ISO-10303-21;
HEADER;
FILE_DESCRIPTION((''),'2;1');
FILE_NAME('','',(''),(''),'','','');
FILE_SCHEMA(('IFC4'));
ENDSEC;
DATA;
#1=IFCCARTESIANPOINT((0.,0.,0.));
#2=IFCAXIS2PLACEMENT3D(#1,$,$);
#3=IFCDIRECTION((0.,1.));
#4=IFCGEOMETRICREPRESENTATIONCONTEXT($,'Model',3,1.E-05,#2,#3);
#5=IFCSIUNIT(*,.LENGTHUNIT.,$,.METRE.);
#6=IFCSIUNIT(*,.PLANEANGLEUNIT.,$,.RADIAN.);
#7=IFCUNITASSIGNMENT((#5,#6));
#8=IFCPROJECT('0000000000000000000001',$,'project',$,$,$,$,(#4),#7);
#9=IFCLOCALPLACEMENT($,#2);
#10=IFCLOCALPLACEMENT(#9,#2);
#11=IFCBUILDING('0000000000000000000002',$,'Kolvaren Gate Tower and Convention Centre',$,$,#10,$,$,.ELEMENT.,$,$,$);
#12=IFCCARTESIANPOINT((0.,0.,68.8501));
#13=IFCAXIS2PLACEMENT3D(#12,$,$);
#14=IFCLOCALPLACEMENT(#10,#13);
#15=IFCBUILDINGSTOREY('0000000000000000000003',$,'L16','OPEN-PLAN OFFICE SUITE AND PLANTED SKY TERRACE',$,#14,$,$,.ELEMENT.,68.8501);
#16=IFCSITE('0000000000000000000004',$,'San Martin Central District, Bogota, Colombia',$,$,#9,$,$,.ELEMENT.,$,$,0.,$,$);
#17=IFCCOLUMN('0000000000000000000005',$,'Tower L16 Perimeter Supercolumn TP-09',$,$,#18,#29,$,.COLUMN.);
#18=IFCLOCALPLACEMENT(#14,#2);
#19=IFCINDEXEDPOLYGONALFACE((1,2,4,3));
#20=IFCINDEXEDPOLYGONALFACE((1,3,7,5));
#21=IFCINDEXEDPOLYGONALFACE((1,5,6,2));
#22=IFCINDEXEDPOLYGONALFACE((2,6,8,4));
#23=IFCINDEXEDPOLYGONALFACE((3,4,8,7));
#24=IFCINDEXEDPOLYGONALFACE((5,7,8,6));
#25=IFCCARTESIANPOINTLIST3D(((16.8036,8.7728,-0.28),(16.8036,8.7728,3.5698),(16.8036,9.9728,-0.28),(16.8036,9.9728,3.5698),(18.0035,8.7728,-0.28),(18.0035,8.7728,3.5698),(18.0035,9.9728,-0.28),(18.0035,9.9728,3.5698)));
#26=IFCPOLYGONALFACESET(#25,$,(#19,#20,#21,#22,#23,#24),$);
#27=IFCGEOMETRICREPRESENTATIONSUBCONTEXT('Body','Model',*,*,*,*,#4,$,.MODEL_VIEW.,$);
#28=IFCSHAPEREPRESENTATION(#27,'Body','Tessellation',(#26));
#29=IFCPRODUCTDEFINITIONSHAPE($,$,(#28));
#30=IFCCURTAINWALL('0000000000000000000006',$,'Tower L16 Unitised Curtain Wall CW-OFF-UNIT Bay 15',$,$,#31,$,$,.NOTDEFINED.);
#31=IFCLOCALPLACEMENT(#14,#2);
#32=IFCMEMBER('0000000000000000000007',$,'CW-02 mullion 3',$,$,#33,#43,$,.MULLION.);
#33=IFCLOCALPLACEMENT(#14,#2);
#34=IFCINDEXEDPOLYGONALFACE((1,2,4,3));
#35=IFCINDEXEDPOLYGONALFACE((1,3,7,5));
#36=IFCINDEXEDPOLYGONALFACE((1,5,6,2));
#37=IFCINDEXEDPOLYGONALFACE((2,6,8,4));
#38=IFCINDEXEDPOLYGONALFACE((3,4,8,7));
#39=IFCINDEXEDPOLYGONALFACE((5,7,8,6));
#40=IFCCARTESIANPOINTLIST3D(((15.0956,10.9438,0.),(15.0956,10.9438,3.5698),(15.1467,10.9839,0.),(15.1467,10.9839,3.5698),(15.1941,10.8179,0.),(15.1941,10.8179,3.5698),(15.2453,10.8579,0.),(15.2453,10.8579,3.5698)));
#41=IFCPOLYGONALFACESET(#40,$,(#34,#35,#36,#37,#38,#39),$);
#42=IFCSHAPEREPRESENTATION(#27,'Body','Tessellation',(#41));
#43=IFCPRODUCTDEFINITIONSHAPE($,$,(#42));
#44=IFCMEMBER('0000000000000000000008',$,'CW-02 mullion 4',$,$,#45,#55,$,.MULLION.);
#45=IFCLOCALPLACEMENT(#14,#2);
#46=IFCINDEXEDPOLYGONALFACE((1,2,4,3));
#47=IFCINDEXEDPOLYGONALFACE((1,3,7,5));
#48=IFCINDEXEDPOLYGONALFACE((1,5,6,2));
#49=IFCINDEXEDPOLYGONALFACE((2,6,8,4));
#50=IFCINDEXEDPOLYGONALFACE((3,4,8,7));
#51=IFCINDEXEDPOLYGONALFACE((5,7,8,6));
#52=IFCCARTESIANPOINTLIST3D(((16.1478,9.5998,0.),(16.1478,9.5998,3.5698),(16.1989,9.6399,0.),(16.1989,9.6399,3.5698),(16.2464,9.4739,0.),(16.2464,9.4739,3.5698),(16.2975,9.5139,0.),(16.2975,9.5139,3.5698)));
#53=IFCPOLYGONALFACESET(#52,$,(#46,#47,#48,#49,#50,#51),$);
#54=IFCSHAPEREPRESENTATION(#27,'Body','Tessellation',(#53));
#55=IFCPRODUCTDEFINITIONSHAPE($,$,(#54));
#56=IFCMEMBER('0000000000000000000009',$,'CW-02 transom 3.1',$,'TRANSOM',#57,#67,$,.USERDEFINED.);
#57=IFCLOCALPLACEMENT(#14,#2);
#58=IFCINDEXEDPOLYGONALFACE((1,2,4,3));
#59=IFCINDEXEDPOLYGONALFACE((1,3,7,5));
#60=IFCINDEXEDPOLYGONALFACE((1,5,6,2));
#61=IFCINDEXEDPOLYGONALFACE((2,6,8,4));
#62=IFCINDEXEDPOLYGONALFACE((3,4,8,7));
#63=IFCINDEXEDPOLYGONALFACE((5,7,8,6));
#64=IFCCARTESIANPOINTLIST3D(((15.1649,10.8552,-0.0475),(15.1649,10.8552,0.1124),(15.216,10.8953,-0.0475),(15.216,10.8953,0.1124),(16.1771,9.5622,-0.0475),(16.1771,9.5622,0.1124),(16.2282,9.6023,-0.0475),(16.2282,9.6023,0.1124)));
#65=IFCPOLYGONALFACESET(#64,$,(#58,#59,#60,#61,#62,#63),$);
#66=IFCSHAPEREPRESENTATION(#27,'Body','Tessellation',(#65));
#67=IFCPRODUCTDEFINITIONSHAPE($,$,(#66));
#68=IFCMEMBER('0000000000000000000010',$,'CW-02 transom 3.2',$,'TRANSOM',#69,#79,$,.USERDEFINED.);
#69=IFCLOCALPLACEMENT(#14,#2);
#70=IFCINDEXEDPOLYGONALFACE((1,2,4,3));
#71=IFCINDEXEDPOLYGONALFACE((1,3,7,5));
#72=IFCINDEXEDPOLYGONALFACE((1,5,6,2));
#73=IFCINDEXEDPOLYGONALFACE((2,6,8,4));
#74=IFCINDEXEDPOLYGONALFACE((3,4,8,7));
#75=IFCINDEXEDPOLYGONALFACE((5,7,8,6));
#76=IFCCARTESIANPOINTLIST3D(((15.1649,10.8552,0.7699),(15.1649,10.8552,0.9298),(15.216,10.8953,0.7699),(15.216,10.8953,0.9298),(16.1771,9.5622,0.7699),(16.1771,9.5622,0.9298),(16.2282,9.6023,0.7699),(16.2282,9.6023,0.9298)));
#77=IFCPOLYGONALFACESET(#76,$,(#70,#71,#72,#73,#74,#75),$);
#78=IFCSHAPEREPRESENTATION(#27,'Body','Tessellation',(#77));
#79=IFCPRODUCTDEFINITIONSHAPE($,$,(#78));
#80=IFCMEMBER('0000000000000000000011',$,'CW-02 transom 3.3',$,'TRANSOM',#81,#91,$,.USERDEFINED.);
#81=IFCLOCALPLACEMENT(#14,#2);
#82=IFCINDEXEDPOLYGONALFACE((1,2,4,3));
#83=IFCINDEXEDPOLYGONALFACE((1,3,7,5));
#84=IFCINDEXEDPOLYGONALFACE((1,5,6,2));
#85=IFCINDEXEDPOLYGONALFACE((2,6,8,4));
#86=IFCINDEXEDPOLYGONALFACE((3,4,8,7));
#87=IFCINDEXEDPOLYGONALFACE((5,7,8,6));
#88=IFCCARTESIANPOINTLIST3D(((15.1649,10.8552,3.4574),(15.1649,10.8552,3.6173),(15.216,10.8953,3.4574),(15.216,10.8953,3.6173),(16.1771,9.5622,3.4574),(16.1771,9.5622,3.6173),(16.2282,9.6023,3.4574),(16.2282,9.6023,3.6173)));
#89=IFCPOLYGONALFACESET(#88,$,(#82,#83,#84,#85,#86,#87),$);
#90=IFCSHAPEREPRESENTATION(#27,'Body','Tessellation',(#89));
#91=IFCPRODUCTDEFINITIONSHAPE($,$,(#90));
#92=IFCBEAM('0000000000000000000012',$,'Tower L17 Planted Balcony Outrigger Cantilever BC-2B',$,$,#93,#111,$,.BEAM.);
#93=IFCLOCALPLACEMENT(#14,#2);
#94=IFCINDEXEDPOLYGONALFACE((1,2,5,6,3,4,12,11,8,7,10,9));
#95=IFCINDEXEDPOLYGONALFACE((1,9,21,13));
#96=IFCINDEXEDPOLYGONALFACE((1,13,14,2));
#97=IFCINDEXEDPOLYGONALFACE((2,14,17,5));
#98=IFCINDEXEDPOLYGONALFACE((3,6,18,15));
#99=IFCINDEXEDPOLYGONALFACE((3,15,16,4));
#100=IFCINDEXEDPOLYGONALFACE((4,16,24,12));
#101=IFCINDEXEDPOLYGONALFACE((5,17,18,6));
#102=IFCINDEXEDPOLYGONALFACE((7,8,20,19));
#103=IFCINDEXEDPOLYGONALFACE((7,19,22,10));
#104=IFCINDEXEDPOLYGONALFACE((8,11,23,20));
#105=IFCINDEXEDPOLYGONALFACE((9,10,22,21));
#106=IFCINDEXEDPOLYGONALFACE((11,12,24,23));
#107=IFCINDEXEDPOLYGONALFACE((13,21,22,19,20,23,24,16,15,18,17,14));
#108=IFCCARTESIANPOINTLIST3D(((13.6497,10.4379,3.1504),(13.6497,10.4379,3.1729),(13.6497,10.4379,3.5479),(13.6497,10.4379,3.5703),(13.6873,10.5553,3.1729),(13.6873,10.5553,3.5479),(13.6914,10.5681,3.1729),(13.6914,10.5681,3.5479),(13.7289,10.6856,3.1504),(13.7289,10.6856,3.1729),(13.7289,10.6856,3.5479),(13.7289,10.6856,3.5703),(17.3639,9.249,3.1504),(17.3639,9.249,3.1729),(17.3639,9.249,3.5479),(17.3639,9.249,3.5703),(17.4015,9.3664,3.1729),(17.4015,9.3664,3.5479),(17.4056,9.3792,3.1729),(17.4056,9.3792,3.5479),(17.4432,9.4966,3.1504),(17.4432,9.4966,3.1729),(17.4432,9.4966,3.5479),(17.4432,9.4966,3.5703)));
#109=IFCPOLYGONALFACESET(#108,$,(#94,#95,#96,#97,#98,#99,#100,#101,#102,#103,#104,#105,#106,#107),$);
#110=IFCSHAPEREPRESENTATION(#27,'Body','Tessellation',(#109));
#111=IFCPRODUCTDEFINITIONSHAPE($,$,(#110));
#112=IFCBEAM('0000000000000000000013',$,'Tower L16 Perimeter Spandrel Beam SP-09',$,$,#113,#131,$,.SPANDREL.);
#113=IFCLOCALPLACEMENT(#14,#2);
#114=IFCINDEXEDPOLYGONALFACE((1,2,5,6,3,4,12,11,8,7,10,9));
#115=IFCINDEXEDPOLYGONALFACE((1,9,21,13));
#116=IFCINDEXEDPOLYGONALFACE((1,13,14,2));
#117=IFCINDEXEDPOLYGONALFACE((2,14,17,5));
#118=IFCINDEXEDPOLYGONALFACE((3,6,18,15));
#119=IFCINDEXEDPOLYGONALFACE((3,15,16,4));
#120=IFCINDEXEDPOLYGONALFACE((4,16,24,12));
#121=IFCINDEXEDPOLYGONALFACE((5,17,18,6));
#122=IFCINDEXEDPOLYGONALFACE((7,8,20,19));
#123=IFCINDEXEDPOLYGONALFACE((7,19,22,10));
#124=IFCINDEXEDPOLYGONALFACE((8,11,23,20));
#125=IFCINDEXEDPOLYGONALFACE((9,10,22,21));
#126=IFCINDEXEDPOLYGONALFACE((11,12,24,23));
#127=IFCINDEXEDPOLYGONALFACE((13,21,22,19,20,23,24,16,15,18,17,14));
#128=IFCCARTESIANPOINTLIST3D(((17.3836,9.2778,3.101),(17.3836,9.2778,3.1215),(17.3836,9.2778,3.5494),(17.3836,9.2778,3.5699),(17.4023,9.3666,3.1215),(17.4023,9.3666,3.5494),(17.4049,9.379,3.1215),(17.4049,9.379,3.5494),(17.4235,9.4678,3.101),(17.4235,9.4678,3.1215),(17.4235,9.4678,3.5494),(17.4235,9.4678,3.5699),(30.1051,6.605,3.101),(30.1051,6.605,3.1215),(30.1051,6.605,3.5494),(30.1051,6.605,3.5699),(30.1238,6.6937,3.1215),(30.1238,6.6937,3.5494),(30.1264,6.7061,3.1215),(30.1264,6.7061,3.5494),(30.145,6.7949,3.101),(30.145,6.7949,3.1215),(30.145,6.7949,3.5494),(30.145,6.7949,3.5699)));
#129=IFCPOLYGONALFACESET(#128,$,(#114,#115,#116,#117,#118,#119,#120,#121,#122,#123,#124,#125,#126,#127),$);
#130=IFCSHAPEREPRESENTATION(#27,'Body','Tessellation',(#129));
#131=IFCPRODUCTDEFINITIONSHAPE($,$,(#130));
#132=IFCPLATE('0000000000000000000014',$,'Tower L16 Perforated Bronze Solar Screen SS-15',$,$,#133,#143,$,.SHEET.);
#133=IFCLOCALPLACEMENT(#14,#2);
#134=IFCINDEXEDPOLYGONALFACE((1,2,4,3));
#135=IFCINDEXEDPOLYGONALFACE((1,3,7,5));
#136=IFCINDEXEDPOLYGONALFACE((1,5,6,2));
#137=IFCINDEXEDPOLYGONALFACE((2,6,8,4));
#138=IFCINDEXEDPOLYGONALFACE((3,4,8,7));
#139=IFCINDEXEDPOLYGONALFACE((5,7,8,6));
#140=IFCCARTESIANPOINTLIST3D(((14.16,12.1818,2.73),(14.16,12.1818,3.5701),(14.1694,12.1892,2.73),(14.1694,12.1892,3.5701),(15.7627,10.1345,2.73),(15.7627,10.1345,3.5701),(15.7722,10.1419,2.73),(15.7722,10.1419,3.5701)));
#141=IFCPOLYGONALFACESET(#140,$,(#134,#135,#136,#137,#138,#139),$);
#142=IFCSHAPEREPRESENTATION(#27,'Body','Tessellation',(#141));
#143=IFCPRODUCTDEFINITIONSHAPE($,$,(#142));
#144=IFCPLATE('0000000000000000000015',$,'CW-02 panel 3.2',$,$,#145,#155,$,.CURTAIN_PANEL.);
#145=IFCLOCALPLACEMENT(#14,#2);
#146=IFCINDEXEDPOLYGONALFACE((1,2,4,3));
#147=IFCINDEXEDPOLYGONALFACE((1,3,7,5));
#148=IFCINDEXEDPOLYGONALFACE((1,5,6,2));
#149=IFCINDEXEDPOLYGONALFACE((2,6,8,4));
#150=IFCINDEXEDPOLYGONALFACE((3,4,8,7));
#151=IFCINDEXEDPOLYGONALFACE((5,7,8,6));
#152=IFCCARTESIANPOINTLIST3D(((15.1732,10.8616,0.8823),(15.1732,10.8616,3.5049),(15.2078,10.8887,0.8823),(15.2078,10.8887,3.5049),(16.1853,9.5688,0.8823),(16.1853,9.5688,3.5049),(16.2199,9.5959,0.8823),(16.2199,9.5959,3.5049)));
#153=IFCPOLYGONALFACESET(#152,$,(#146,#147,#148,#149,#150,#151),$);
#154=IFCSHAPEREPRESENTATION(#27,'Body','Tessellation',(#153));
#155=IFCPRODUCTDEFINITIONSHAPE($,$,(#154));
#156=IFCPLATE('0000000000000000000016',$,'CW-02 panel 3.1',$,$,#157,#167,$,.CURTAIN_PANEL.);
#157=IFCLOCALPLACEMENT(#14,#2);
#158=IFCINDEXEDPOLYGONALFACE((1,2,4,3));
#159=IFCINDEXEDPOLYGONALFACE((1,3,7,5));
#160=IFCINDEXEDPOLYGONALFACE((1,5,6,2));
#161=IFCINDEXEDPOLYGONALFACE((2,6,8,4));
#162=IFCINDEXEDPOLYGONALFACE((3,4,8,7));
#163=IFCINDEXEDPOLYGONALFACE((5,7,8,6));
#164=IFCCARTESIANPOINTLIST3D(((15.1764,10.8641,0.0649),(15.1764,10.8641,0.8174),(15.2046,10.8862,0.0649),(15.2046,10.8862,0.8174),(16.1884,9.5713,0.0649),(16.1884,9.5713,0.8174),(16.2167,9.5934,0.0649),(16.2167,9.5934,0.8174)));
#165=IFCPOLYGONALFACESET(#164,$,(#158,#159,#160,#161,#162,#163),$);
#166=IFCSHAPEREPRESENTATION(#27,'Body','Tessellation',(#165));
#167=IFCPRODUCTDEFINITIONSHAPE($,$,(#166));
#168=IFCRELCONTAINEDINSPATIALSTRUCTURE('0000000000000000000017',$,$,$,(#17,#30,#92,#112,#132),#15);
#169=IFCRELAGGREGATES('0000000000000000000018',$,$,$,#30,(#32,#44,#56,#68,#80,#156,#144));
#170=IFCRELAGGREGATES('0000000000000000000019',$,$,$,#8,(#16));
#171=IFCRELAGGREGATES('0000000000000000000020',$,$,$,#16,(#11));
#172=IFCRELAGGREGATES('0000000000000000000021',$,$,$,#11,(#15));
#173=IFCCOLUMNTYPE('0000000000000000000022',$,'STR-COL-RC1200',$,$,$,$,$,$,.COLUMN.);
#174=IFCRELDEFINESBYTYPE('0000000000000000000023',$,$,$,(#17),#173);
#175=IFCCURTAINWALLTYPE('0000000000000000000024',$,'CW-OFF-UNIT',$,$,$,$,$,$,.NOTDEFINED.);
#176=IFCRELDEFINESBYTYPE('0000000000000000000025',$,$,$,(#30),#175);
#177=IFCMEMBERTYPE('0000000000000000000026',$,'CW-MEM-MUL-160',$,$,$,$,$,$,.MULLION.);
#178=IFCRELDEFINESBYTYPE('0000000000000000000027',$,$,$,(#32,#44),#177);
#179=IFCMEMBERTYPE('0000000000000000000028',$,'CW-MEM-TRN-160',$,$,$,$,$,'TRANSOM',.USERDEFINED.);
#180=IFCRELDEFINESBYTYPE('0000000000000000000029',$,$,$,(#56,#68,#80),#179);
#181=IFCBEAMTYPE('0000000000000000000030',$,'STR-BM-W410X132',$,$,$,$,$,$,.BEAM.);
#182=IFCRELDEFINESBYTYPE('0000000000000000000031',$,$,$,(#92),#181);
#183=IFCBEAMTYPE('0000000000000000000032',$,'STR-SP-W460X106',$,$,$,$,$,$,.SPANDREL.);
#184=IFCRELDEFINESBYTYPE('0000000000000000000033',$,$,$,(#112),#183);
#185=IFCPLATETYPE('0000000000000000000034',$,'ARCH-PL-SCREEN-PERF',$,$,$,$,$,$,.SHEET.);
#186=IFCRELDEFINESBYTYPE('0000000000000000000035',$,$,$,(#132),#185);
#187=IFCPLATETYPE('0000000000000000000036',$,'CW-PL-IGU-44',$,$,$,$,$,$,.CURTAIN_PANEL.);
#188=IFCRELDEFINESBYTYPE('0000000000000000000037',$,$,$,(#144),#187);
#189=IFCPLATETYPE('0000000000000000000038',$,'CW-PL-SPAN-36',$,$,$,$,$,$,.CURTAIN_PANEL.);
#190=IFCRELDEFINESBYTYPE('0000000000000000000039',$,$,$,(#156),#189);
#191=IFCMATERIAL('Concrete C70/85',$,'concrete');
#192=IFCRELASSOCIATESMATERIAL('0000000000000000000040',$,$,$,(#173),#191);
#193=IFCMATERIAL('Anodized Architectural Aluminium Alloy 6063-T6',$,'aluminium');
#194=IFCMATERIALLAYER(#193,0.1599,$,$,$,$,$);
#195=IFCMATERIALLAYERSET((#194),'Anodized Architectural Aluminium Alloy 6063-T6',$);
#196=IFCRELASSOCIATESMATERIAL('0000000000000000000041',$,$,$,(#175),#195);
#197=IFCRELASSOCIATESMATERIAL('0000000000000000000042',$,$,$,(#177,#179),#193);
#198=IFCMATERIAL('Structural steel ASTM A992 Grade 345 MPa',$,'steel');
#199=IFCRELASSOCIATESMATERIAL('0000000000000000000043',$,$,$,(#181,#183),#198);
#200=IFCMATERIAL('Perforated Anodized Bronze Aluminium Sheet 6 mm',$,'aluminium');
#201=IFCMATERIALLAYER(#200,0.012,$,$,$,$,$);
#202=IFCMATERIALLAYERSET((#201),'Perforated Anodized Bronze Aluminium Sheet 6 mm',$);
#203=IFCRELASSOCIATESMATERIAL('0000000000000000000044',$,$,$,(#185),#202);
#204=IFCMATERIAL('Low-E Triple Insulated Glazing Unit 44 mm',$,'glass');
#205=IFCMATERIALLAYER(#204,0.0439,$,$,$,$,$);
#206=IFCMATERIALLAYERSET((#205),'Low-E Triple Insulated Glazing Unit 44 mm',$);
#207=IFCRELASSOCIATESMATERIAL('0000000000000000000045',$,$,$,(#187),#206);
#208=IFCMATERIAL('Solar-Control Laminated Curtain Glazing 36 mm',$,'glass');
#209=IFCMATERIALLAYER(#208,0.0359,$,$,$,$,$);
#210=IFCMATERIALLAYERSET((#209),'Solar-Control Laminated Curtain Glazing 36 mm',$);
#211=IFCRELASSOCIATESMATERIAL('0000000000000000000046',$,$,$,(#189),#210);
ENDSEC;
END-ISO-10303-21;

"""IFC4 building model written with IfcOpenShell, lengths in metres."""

from ifc_helpers import new_model, si_unit, direction, frame, origin, origin_2d, place, context, subcontext, project, spatial, rectangle, i_section, extrude, material, layer, layer_set, material_profile, profile_set, type_object, element, aggregate, save


model = new_model("IFC4")

# Units and contexts
model_context = context("Model", 3, precision=1e-05, world=origin(), true_north=direction((0.0, 1.0)))
body_context = subcontext(model_context, "Body", "Model", "MODEL_VIEW")
ifc_project = project(units=[si_unit("LENGTHUNIT", "METRE"), si_unit("PLANEANGLEUNIT", "RADIAN")], contexts=[model_context])

# Site, building, storey
site_placement = place(None, origin())
site = spatial("IfcSite", under=ifc_project, at=site_placement, Name="San Martin Central District, Bogota, Colombia", CompositionType="ELEMENT", RefElevation=0.0)
building_placement = place(site_placement, origin())
building = spatial("IfcBuilding", under=site, at=building_placement, Name="Kolvaren Gate Tower and Convention Centre", CompositionType="ELEMENT")
storey_placement = place(building_placement, frame((0.0, 0.0, 68.8501)))
storey = spatial("IfcBuildingStorey", under=building, at=storey_placement, Name="L16", Description="OPEN-PLAN OFFICE SUITE AND PLANTED SKY TERRACE", CompositionType="ELEMENT", Elevation=68.8501)

# Column
ifc_material_1 = material(Name="Concrete C70/85", Category="concrete")
ifc_material_profile_1 = material_profile(ifc_material_1, rectangle(XDim=1.2, YDim=1.2, at=origin_2d()), Name="RC-COL-1200X1200")
ifc_profile_set_1 = profile_set([ifc_material_profile_1], Name="Concrete C70/85")
column_type = type_object("IfcColumnType", Name="STR-COL-RC1200", PredefinedType="COLUMN", material=ifc_profile_set_1)
column_placement = place(storey_placement, frame((17.4036, 9.3728, -0.28), z_axis=(0.0, 0.0, 1.0), x_axis=(1.0, 0.0, 0.0)))
element("IfcColumn", 1, at=column_placement, inside=storey, type_object=column_type, Name="Tower L16 Perimeter Supercolumn TP-09", PredefinedType="COLUMN", context=body_context, shape_type="SweptSolid", body=[
    extrude(rectangle(XDim=1.2, YDim=1.2, at=origin_2d()), origin(), (0.0, 0.0, 1.0), 3.8499),
])

# Curtain wall, members
ifc_material_2 = material(Name="Anodized Architectural Aluminium Alloy 6063-T6", Category="aluminium")
ifc_layer_1 = layer(ifc_material_2, 0.1599)
ifc_layer_set_1 = layer_set([ifc_layer_1], Name="Anodized Architectural Aluminium Alloy 6063-T6")
curtain_wall_type = type_object("IfcCurtainWallType", Name="CW-OFF-UNIT", PredefinedType="NOTDEFINED", material=ifc_layer_set_1)
curtain_wall_placement = place(storey_placement, origin())
curtain_wall = element("IfcCurtainWall", 2, at=curtain_wall_placement, inside=storey, type_object=curtain_wall_type, Name="Tower L16 Unitised Curtain Wall CW-OFF-UNIT Bay 15", PredefinedType="NOTDEFINED")
ifc_material_profile_2 = material_profile(ifc_material_2, rectangle(XDim=0.0649, YDim=0.1599, at=origin_2d()), Name="CW-MEM-MUL-160")
ifc_profile_set_2 = profile_set([ifc_material_profile_2], Name="Anodized Architectural Aluminium Alloy 6063-T6")
member_type_1 = type_object("IfcMemberType", Name="CW-MEM-MUL-160", PredefinedType="MULLION", material=ifc_profile_set_2)
member_1_placement = place(storey_placement, frame((15.1704, 10.9009, 0.0), z_axis=(0.0, 0.0, 1.0), x_axis=(0.787412, 0.616427, 0.0)))
member_1 = element("IfcMember", 3, at=member_1_placement, type_object=member_type_1, Name="CW-02 mullion 3", PredefinedType="MULLION", context=body_context, shape_type="SweptSolid", body=[
    extrude(rectangle(XDim=0.0649, YDim=0.1599, at=origin_2d()), origin(), (0.0, 0.0, 1.0), 3.5698),
])
member_2_placement = place(storey_placement, frame((16.2227, 9.5569, 0.0), z_axis=(0.0, 0.0, 1.0), x_axis=(0.787412, 0.616427, 0.0)))
member_2 = element("IfcMember", 4, at=member_2_placement, type_object=member_type_1, Name="CW-02 mullion 4", PredefinedType="MULLION", context=body_context, shape_type="SweptSolid", body=[
    extrude(rectangle(XDim=0.0649, YDim=0.1599, at=origin_2d()), origin(), (0.0, 0.0, 1.0), 3.5698),
])
ifc_material_profile_3 = material_profile(ifc_material_2, rectangle(XDim=0.0649, YDim=0.1599, at=origin_2d()), Name="CW-MEM-TRN-160")
ifc_profile_set_3 = profile_set([ifc_material_profile_3], Name="Anodized Architectural Aluminium Alloy 6063-T6")
member_type_2 = type_object("IfcMemberType", Name="CW-MEM-TRN-160", ElementType="TRANSOM", PredefinedType="USERDEFINED", material=ifc_profile_set_3)
member_3_placement = place(storey_placement, frame((15.1904, 10.8752, 0.0325), z_axis=(0.616429, -0.787411, 0.0), x_axis=(0.787411, 0.616429, 0.0)))
member_3 = element("IfcMember", 5, at=member_3_placement, type_object=member_type_2, Name="CW-02 transom 3.1", ObjectType="TRANSOM", PredefinedType="USERDEFINED", context=body_context, shape_type="SweptSolid", body=[
    extrude(rectangle(XDim=0.0649, YDim=0.1599, at=origin_2d()), origin(), (0.0, 0.0, 1.0), 1.6421),
])
member_4_placement = place(storey_placement, frame((15.1904, 10.8752, 0.8499), z_axis=(0.616429, -0.787411, 0.0), x_axis=(0.787411, 0.616429, 0.0)))
member_4 = element("IfcMember", 6, at=member_4_placement, type_object=member_type_2, Name="CW-02 transom 3.2", ObjectType="TRANSOM", PredefinedType="USERDEFINED", context=body_context, shape_type="SweptSolid", body=[
    extrude(rectangle(XDim=0.0649, YDim=0.1599, at=origin_2d()), origin(), (0.0, 0.0, 1.0), 1.6421),
])
member_5_placement = place(storey_placement, frame((15.1904, 10.8752, 3.5374), z_axis=(0.616429, -0.787411, 0.0), x_axis=(0.787411, 0.616429, 0.0)))
member_5 = element("IfcMember", 7, at=member_5_placement, type_object=member_type_2, Name="CW-02 transom 3.3", ObjectType="TRANSOM", PredefinedType="USERDEFINED", context=body_context, shape_type="SweptSolid", body=[
    extrude(rectangle(XDim=0.0649, YDim=0.1599, at=origin_2d()), origin(), (0.0, 0.0, 1.0), 1.6421),
])

# Beams
ifc_material_3 = material(Name="Structural steel ASTM A992 Grade 345 MPa", Category="steel")
ifc_material_profile_4 = material_profile(ifc_material_3, i_section(OverallWidth=0.26, OverallDepth=0.4199, WebThickness=0.0134, FlangeThickness=0.0225, at=origin_2d()), Name="W410X132")
ifc_profile_set_4 = profile_set([ifc_material_profile_4], Name="Structural steel ASTM A992 Grade 345 MPa")
beam_type_1 = type_object("IfcBeamType", Name="STR-BM-W410X132", PredefinedType="BEAM", material=ifc_profile_set_4)
beam_1_placement = place(storey_placement, frame((17.4036, 9.3728, 3.3604), z_axis=(-0.952397, 0.304862, 0.0), x_axis=(-0.304862, -0.952397, 0.0)))
element("IfcBeam", 8, at=beam_1_placement, inside=storey, type_object=beam_type_1, Name="Tower L17 Planted Balcony Outrigger Cantilever BC-2B", PredefinedType="BEAM", context=body_context, shape_type="SweptSolid", body=[
    extrude(i_section(OverallWidth=0.26, OverallDepth=0.4199, WebThickness=0.0134, FlangeThickness=0.0225, at=origin_2d()), origin(), (0.0, 0.0, 1.0), 3.8999),
])
ifc_material_profile_5 = material_profile(ifc_material_3, i_section(OverallWidth=0.1941, OverallDepth=0.469, WebThickness=0.0127, FlangeThickness=0.0205, at=origin_2d()), Name="W460X106")
ifc_profile_set_5 = profile_set([ifc_material_profile_5], Name="Structural steel ASTM A992 Grade 345 MPa")
beam_type_2 = type_object("IfcBeamType", Name="STR-SP-W460X106", PredefinedType="SPANDREL", material=ifc_profile_set_5)
beam_2_placement = place(storey_placement, frame((17.4036, 9.3728, 3.3354), z_axis=(0.978633, -0.205617, 0.0), x_axis=(0.205617, 0.978633, 0.0)))
element("IfcBeam", 9, at=beam_2_placement, inside=storey, type_object=beam_type_2, Name="Tower L16 Perimeter Spandrel Beam SP-09", PredefinedType="SPANDREL", context=body_context, shape_type="SweptSolid", body=[
    extrude(i_section(OverallWidth=0.1941, OverallDepth=0.469, WebThickness=0.0127, FlangeThickness=0.0205, at=origin_2d()), origin(), (0.0, 0.0, 1.0), 12.9993),
])

# Plates
ifc_material_4 = material(Name="Perforated Anodized Bronze Aluminium Sheet 6 mm", Category="aluminium")
ifc_layer_2 = layer(ifc_material_4, 0.012)
ifc_layer_set_2 = layer_set([ifc_layer_2], Name="Perforated Anodized Bronze Aluminium Sheet 6 mm")
plate_type_1 = type_object("IfcPlateType", Name="ARCH-PL-SCREEN-PERF", PredefinedType="SHEET", material=ifc_layer_set_2)
plate_1_placement = place(storey_placement, frame((14.9661, 11.1619, 2.73), z_axis=(0.0, 0.0, 1.0), x_axis=(0.616431, -0.787409, 0.0)))
element("IfcPlate", 10, at=plate_1_placement, inside=storey, type_object=plate_type_1, Name="Tower L16 Perforated Bronze Solar Screen SS-15", PredefinedType="SHEET", context=body_context, shape_type="SweptSolid", body=[
    extrude(rectangle(XDim=2.6001, YDim=0.012, at=origin_2d()), origin(), (0.0, 0.0, 1.0), 0.8401),
])
ifc_material_5 = material(Name="Low-E Triple Insulated Glazing Unit 44 mm", Category="glass")
ifc_layer_3 = layer(ifc_material_5, 0.0439)
ifc_layer_set_3 = layer_set([ifc_layer_3], Name="Low-E Triple Insulated Glazing Unit 44 mm")
plate_type_2 = type_object("IfcPlateType", Name="CW-PL-IGU-44", PredefinedType="CURTAIN_PANEL", material=ifc_layer_set_3)
plate_2_placement = place(storey_placement, frame((15.6965, 10.2288, 0.8823), z_axis=(0.0, 0.0, 1.0), x_axis=(0.616427, -0.787412, 0.0)))
plate_2 = element("IfcPlate", 11, at=plate_2_placement, type_object=plate_type_2, Name="CW-02 panel 3.2", PredefinedType="CURTAIN_PANEL", context=body_context, shape_type="SweptSolid", body=[
    extrude(rectangle(XDim=1.6418, YDim=0.0439, at=origin_2d()), origin(), (0.0, 0.0, 1.0), 2.6226),
])
ifc_material_6 = material(Name="Solar-Control Laminated Curtain Glazing 36 mm", Category="glass")
ifc_layer_4 = layer(ifc_material_6, 0.0359)
ifc_layer_set_4 = layer_set([ifc_layer_4], Name="Solar-Control Laminated Curtain Glazing 36 mm")
plate_type_3 = type_object("IfcPlateType", Name="CW-PL-SPAN-36", PredefinedType="CURTAIN_PANEL", material=ifc_layer_set_4)
plate_3_placement = place(storey_placement, frame((15.6965, 10.2288, 0.0649), z_axis=(0.0, 0.0, 1.0), x_axis=(0.616427, -0.787412, 0.0)))
plate_3 = element("IfcPlate", 12, at=plate_3_placement, type_object=plate_type_3, Name="CW-02 panel 3.1", PredefinedType="CURTAIN_PANEL", context=body_context, shape_type="SweptSolid", body=[
    extrude(rectangle(XDim=1.6418, YDim=0.0359, at=origin_2d()), origin(), (0.0, 0.0, 1.0), 0.7524),
])
aggregate(curtain_wall, [member_1, member_2, member_3, member_4, member_5, plate_3, plate_2])

save(model, "model.ifc")
